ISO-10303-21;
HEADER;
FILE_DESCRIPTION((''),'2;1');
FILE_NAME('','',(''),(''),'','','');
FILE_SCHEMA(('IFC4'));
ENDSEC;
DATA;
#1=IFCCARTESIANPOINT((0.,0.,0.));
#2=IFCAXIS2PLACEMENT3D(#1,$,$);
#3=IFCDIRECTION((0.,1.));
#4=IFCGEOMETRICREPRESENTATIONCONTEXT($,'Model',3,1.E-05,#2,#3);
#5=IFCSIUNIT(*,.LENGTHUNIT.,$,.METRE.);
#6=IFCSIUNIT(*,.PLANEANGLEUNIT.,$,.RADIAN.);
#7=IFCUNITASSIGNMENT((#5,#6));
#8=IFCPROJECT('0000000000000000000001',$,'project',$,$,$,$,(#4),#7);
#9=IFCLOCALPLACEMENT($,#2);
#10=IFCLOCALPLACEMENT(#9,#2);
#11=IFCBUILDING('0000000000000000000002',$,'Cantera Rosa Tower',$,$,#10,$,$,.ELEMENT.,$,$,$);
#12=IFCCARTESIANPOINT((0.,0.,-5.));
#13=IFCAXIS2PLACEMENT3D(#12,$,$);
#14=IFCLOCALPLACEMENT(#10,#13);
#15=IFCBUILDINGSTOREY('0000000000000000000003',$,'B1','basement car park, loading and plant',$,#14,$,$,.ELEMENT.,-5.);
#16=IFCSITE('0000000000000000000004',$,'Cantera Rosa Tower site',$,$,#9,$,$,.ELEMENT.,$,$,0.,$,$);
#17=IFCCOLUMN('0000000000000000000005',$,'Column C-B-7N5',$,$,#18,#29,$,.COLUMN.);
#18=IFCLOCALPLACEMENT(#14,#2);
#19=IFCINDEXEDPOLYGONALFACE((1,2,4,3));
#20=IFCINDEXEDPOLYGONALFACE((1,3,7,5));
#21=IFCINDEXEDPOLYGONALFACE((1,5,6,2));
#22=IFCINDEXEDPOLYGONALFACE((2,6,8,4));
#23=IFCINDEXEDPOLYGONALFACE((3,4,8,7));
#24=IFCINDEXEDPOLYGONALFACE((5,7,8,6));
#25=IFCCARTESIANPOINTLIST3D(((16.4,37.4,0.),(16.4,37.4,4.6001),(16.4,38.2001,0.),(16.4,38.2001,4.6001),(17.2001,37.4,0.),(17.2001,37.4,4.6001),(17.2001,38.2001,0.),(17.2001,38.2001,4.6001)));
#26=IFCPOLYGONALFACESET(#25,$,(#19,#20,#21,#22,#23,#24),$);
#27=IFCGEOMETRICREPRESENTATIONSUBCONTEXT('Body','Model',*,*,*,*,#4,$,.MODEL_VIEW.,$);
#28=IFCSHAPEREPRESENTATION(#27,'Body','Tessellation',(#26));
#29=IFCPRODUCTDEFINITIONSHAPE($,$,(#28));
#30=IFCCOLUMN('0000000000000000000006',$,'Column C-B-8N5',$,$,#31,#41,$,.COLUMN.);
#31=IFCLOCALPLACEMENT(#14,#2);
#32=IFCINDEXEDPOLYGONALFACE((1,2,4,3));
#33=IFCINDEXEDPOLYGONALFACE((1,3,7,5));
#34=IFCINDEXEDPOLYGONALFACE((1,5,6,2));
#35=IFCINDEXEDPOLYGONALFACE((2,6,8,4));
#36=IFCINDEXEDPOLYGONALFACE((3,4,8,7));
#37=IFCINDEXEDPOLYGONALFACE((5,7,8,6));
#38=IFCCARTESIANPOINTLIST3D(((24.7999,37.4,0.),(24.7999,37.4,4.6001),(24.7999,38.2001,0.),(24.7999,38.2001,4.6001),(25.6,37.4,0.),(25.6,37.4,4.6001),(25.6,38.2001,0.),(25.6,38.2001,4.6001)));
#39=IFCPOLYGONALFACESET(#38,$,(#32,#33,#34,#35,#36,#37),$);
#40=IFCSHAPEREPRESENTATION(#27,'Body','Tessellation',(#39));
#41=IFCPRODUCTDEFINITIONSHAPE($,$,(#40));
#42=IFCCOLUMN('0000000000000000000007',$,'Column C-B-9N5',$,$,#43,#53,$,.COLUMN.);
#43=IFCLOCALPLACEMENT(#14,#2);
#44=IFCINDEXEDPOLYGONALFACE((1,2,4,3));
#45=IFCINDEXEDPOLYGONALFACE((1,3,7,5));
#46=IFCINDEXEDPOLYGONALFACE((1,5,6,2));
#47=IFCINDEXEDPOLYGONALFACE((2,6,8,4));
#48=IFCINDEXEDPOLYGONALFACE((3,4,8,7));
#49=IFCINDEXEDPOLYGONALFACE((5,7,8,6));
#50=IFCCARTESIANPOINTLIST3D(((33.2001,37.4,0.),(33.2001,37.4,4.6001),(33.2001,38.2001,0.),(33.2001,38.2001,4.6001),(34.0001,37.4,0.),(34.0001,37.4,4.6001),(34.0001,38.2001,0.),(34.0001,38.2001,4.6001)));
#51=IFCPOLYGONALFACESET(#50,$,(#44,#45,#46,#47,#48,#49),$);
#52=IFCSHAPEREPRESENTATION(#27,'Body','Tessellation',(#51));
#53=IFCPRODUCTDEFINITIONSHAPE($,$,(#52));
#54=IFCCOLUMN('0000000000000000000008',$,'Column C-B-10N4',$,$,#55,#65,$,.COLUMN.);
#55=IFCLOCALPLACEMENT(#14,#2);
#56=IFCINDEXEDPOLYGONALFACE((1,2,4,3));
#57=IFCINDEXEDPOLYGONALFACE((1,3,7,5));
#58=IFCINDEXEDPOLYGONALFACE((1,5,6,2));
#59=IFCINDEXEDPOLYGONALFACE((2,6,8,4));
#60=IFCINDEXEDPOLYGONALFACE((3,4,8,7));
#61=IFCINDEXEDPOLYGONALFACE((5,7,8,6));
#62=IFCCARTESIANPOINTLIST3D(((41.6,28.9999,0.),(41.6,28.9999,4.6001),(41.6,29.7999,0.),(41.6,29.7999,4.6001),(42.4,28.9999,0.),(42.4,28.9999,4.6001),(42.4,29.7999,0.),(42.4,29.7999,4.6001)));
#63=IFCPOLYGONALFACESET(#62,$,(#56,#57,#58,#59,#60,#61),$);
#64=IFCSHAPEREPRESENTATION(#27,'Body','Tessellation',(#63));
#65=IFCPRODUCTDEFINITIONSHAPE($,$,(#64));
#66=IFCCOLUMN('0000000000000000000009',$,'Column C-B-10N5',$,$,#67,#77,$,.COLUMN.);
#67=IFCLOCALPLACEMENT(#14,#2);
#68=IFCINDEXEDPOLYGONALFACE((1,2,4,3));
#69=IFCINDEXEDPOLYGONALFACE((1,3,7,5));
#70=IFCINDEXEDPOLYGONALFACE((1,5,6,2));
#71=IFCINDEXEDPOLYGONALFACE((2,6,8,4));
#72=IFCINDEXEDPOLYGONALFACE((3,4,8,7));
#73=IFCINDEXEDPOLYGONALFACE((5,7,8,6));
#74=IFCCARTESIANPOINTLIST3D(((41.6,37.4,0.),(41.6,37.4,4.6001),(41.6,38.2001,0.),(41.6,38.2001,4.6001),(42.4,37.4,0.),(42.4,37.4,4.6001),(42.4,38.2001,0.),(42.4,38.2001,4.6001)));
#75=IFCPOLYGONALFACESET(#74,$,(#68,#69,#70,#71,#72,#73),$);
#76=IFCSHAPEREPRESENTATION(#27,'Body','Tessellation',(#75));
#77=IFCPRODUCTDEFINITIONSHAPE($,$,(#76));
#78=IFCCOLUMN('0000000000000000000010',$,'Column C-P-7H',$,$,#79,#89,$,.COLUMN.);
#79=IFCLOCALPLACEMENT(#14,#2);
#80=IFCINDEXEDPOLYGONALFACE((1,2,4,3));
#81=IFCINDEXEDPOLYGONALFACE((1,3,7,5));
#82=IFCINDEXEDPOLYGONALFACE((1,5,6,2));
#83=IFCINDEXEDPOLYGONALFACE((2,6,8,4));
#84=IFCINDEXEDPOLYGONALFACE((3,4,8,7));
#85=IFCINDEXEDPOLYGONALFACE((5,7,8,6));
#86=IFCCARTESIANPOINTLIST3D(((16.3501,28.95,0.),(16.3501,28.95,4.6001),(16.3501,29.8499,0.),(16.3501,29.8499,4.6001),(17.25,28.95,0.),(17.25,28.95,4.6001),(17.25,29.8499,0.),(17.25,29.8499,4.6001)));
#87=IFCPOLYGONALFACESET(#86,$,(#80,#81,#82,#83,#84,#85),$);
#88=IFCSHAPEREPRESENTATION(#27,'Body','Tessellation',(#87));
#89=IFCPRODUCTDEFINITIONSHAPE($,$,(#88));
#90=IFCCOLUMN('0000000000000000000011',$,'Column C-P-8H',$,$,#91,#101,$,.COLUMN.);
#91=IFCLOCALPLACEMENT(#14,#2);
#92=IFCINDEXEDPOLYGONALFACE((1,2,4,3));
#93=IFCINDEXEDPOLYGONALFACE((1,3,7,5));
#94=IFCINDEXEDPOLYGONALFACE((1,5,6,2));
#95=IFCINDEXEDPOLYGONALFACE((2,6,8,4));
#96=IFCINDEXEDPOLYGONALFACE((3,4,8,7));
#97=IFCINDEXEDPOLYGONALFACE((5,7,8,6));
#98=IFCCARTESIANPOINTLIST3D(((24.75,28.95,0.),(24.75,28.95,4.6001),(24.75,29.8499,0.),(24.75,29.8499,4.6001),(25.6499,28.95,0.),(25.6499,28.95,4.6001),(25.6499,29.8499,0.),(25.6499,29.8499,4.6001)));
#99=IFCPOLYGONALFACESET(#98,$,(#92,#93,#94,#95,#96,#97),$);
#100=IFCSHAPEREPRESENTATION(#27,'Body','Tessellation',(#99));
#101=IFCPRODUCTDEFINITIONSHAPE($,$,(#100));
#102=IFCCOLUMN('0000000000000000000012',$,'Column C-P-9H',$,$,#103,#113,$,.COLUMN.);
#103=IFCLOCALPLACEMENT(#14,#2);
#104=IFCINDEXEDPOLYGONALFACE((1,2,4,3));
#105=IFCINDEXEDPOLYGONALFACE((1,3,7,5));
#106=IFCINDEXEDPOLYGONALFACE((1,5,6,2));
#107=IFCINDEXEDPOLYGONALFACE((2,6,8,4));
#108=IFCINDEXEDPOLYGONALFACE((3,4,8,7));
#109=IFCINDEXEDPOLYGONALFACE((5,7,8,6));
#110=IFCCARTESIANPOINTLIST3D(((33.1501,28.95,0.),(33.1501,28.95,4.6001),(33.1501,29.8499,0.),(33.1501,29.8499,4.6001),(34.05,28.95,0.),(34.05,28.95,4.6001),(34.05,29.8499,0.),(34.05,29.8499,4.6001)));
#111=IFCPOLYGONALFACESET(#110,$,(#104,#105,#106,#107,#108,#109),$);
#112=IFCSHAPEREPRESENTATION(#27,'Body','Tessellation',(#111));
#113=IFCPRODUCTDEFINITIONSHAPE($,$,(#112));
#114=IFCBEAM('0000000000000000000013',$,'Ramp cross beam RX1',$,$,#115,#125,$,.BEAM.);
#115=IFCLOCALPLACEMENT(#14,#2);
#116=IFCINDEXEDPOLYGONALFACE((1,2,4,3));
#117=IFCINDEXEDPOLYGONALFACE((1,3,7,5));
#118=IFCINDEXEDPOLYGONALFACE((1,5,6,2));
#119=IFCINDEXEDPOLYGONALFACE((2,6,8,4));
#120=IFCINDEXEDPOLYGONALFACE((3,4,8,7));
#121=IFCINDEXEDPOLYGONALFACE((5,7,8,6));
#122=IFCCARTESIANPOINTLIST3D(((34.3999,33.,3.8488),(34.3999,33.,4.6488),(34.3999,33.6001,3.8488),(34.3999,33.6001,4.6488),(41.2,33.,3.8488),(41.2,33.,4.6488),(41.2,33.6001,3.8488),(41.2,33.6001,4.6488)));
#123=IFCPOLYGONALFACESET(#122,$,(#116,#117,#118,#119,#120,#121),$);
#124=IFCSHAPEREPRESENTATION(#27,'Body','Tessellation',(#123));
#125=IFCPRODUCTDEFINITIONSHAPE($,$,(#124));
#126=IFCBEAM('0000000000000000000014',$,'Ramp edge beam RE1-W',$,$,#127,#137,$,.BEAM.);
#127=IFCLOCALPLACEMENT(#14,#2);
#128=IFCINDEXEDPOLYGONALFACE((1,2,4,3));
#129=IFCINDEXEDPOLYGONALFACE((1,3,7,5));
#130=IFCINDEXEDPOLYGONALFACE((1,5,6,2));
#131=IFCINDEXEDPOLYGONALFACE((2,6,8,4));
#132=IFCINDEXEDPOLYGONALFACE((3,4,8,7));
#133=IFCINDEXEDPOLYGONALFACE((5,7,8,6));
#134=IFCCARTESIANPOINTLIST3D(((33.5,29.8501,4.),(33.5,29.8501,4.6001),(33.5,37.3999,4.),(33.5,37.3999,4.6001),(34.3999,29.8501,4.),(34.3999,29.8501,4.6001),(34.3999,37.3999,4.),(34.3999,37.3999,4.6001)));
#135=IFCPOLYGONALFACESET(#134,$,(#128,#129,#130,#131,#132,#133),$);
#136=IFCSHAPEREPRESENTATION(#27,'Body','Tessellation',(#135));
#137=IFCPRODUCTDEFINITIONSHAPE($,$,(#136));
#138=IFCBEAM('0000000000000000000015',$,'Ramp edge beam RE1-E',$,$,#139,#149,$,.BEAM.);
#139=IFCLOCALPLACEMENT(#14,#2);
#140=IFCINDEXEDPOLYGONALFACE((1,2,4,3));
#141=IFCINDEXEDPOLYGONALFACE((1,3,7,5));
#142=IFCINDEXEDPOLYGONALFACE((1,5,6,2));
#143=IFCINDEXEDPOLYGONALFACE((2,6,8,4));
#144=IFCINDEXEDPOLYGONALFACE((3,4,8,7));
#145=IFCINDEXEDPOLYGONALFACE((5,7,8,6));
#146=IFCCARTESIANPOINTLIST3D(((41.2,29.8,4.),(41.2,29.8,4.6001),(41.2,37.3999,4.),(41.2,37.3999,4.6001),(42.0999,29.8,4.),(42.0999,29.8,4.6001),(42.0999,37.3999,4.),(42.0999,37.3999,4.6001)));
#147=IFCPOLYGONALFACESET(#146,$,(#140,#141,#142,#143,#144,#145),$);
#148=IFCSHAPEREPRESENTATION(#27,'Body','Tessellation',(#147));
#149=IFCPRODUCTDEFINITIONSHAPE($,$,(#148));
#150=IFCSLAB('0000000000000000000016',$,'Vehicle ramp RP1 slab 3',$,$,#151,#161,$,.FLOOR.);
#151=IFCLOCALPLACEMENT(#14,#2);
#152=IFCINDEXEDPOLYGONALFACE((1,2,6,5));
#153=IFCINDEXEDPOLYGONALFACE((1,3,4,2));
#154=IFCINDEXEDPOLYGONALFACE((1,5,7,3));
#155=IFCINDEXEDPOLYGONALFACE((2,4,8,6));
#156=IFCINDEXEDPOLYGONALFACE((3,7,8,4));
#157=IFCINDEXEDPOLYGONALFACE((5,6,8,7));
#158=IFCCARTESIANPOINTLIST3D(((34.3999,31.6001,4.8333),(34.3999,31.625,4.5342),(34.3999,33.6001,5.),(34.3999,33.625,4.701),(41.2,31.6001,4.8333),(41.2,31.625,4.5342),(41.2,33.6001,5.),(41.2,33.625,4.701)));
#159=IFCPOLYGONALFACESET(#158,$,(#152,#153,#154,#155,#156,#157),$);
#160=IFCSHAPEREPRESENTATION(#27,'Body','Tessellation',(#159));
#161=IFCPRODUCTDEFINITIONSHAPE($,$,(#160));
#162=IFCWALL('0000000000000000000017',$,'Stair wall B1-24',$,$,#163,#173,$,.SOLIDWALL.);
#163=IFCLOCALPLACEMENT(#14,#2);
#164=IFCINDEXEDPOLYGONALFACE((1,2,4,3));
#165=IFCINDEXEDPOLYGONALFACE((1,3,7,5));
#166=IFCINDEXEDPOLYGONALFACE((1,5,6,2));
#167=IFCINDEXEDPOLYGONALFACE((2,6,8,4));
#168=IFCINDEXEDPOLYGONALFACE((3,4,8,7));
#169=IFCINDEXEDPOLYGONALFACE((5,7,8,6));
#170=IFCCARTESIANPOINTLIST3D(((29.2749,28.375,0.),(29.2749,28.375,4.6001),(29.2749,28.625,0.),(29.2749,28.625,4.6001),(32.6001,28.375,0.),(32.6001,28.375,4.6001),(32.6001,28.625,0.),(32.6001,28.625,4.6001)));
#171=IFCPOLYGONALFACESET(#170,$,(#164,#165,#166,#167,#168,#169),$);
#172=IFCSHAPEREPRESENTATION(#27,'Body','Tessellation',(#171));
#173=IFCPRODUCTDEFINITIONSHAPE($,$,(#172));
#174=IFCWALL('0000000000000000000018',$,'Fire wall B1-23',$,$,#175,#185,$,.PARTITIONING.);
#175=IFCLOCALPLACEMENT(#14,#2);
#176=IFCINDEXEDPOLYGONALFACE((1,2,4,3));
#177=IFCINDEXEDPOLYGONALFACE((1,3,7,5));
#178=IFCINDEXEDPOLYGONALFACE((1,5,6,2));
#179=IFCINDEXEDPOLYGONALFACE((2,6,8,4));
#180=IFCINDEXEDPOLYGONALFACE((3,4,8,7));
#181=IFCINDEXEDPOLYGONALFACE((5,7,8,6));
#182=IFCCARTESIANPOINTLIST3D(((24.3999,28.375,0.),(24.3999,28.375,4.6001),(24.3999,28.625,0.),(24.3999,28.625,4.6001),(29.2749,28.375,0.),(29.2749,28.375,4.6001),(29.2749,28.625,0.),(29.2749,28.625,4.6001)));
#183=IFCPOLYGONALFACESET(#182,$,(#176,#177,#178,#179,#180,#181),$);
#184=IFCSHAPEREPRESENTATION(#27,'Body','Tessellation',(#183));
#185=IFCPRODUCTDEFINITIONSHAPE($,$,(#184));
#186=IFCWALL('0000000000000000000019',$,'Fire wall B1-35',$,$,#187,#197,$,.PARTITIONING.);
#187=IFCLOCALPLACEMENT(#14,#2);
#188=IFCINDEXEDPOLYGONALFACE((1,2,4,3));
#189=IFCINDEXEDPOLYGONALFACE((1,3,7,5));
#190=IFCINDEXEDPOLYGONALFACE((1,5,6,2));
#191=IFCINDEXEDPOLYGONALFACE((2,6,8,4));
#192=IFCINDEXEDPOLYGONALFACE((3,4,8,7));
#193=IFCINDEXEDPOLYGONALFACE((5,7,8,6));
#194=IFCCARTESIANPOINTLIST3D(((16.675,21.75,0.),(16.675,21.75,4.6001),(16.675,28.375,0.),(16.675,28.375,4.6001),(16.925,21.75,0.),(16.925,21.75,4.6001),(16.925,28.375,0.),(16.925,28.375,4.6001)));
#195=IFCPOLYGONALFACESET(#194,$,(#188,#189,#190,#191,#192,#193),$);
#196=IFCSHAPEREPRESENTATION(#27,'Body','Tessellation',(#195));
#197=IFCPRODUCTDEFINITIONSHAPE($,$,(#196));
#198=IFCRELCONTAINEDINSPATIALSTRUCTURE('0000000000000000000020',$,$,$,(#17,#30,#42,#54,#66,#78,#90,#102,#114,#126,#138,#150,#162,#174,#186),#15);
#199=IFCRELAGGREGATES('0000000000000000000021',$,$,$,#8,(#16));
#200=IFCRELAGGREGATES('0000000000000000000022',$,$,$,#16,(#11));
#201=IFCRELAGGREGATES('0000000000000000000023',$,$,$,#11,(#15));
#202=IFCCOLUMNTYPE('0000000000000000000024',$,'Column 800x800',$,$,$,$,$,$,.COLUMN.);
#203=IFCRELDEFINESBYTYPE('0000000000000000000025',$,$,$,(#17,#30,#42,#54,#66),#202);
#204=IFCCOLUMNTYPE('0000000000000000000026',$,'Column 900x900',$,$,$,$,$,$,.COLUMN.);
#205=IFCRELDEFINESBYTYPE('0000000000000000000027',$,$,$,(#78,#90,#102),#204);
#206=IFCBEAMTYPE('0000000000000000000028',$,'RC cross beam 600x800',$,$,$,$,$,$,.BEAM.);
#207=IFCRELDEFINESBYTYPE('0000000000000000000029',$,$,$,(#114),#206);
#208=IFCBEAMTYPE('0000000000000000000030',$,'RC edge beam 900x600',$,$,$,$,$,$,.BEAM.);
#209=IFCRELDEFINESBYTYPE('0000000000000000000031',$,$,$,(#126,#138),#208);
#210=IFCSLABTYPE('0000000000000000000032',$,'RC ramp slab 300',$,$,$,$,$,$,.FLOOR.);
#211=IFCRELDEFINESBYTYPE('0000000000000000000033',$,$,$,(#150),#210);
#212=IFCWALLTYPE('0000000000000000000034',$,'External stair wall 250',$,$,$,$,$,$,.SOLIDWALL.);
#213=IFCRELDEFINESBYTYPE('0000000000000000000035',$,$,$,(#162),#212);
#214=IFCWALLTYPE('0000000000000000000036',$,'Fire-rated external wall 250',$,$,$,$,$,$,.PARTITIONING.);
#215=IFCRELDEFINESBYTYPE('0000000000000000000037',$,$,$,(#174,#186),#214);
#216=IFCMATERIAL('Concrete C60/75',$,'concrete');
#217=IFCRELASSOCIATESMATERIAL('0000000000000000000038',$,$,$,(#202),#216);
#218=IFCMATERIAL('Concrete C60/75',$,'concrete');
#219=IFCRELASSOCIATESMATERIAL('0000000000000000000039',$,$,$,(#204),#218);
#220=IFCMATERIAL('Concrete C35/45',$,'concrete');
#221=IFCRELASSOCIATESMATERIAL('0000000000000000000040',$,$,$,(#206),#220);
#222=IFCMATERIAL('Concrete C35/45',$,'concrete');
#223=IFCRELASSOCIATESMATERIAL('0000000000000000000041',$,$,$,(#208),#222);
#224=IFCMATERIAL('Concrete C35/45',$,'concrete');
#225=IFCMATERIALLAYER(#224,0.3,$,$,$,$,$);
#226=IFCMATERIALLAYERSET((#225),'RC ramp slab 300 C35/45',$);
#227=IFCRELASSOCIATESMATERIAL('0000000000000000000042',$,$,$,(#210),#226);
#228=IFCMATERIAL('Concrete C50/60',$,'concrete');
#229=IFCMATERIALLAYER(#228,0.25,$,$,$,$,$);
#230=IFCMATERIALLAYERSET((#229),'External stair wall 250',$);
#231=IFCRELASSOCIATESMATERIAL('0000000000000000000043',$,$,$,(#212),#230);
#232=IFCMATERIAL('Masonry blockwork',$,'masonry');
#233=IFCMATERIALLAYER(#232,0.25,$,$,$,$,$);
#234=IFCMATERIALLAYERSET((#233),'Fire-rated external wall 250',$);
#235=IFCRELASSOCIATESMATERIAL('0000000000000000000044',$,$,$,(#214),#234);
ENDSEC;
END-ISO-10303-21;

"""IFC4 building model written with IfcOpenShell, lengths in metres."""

from ifc_helpers import new_model, si_unit, direction, frame, frame_2d, origin, origin_2d, place, context, subcontext, project, spatial, polyline, rectangle, outline, extrude, clip, halfspace, material, layer, layer_set, material_profile, profile_set, type_object, element, save


model = new_model("IFC4")

# Units and contexts
model_context = context("Model", 3, precision=1e-05, world=origin(), true_north=direction((0.0, 1.0)))
body_context = subcontext(model_context, "Body", "Model", "MODEL_VIEW")
ifc_project = project(units=[si_unit("LENGTHUNIT", "METRE"), si_unit("PLANEANGLEUNIT", "RADIAN")], contexts=[model_context])

# Site, building, storey
site_placement = place(None, origin())
site = spatial("IfcSite", under=ifc_project, at=site_placement, Name="Cantera Rosa Tower site", CompositionType="ELEMENT", RefElevation=0.0)
building_placement = place(site_placement, origin())
building = spatial("IfcBuilding", under=site, at=building_placement, Name="Cantera Rosa Tower", CompositionType="ELEMENT")
storey_placement = place(building_placement, frame((0.0, 0.0, -5.0)))
storey = spatial("IfcBuildingStorey", under=building, at=storey_placement, Name="B1", Description="basement car park, loading and plant", CompositionType="ELEMENT", Elevation=-5.0)

# Columns
ifc_material_1 = material(Name="Concrete C60/75", Category="concrete")
ifc_material_profile_1 = material_profile(ifc_material_1, rectangle(XDim=0.8, YDim=0.8, at=origin_2d()), Name="Column 800x800")
ifc_profile_set_1 = profile_set([ifc_material_profile_1], Name="Concrete C60/75")
column_type_1 = type_object("IfcColumnType", Name="Column 800x800", PredefinedType="COLUMN", material=ifc_profile_set_1)
for number, where, z_axis, x_axis, name in (
    (1, (16.8, 37.8, 0.0), (0.0, 0.0, 1.0), (1.0, 0.0, 0.0), "Column C-B-7N5"),
    (2, (25.2, 37.8, 0.0), (0.0, 0.0, 1.0), (1.0, 0.0, 0.0), "Column C-B-8N5"),
    (3, (33.6001, 37.8, 0.0), (0.0, 0.0, 1.0), (1.0, 0.0, 0.0), "Column C-B-9N5"),
    (4, (42.0, 29.3999, 0.0), (0.0, 0.0, 1.0), (1.0, 0.0, 0.0), "Column C-B-10N4"),
    (5, (42.0, 37.8, 0.0), (0.0, 0.0, 1.0), (1.0, 0.0, 0.0), "Column C-B-10N5"),
):
    element("IfcColumn", number, at=place(storey_placement, frame(where, z_axis=z_axis, x_axis=x_axis)), inside=storey, type_object=column_type_1, Name=name, PredefinedType="COLUMN", context=body_context, shape_type="SweptSolid", body=[
        extrude(rectangle(XDim=0.8, YDim=0.8, at=origin_2d()), origin(), (0.0, 0.0, 1.0), 4.6001),
    ])
ifc_material_2 = material(Name="Concrete C60/75", Category="concrete")
ifc_material_profile_2 = material_profile(ifc_material_2, rectangle(XDim=0.8999, YDim=0.8999, at=origin_2d()), Name="Column 900x900")
ifc_profile_set_2 = profile_set([ifc_material_profile_2], Name="Concrete C60/75")
column_type_2 = type_object("IfcColumnType", Name="Column 900x900", PredefinedType="COLUMN", material=ifc_profile_set_2)
for number, where, z_axis, x_axis, name in (
    (6, (16.8, 29.3999, 0.0), (0.0, 0.0, 1.0), (1.0, 0.0, 0.0), "Column C-P-7H"),
    (7, (25.2, 29.3999, 0.0), (0.0, 0.0, 1.0), (1.0, 0.0, 0.0), "Column C-P-8H"),
    (8, (33.6001, 29.3999, 0.0), (0.0, 0.0, 1.0), (1.0, 0.0, 0.0), "Column C-P-9H"),
):
    element("IfcColumn", number, at=place(storey_placement, frame(where, z_axis=z_axis, x_axis=x_axis)), inside=storey, type_object=column_type_2, Name=name, PredefinedType="COLUMN", context=body_context, shape_type="SweptSolid", body=[
        extrude(rectangle(XDim=0.8999, YDim=0.8999, at=origin_2d()), origin(), (0.0, 0.0, 1.0), 4.6001),
    ])

# Beams
ifc_material_3 = material(Name="Concrete C35/45", Category="concrete")
ifc_material_profile_3 = material_profile(ifc_material_3, rectangle(XDim=0.6001, YDim=0.8, at=origin_2d()), Name="RC cross beam 600x800")
ifc_profile_set_3 = profile_set([ifc_material_profile_3], Name="Concrete C35/45")
beam_type_1 = type_object("IfcBeamType", Name="RC cross beam 600x800", PredefinedType="BEAM", material=ifc_profile_set_3)
beam_1_placement = place(storey_placement, frame((34.3999, 33.3, 4.2488), z_axis=(1.0, 0.0, 0.0), x_axis=(0.0, 1.0, 0.0)))
element("IfcBeam", 9, at=beam_1_placement, inside=storey, type_object=beam_type_1, Name="Ramp cross beam RX1", PredefinedType="BEAM", context=body_context, shape_type="SweptSolid", body=[
    extrude(rectangle(XDim=0.6001, YDim=0.8, at=origin_2d()), origin(), (0.0, 0.0, 1.0), 6.8),
])
ifc_material_4 = material(Name="Concrete C35/45", Category="concrete")
ifc_material_profile_4 = material_profile(ifc_material_4, rectangle(XDim=0.8999, YDim=0.6001, at=origin_2d()), Name="RC edge beam 900x600")
ifc_profile_set_4 = profile_set([ifc_material_profile_4], Name="Concrete C35/45")
beam_type_2 = type_object("IfcBeamType", Name="RC edge beam 900x600", PredefinedType="BEAM", material=ifc_profile_set_4)
beam_2_placement = place(storey_placement, frame((33.95, 29.8501, 4.3), z_axis=(0.0, 1.0, 0.0), x_axis=(-1.0, 0.0, 0.0)))
element("IfcBeam", 10, at=beam_2_placement, inside=storey, type_object=beam_type_2, Name="Ramp edge beam RE1-W", PredefinedType="BEAM", context=body_context, shape_type="SweptSolid", body=[
    extrude(rectangle(XDim=0.8999, YDim=0.6001, at=origin_2d()), origin(), (0.0, 0.0, 1.0), 7.5498),
])
beam_3_placement = place(storey_placement, frame((41.6499, 29.8, 4.3), z_axis=(0.0, 1.0, 0.0), x_axis=(-1.0, 0.0, 0.0)))
element("IfcBeam", 11, at=beam_3_placement, inside=storey, type_object=beam_type_2, Name="Ramp edge beam RE1-E", PredefinedType="BEAM", context=body_context, shape_type="SweptSolid", body=[
    extrude(rectangle(XDim=0.8999, YDim=0.6001, at=origin_2d()), origin(), (0.0, 0.0, 1.0), 7.5999),
])

# Slab
ifc_material_5 = material(Name="Concrete C35/45", Category="concrete")
ifc_layer_1 = layer(ifc_material_5, 0.3)
ifc_layer_set_1 = layer_set([ifc_layer_1], Name="RC ramp slab 300 C35/45")
slab_type = type_object("IfcSlabType", Name="RC ramp slab 300", PredefinedType="FLOOR", material=ifc_layer_set_1)
slab_placement = place(storey_placement, frame((34.3999, 31.6001, 4.8333), z_axis=(0.0, -0.083086, 0.996542), x_axis=(1.0, 0.0, 0.0)))
element("IfcSlab", 12, at=slab_placement, inside=storey, type_object=slab_type, Name="Vehicle ramp RP1 slab 3", PredefinedType="FLOOR", context=body_context, shape_type="Clipping", body=[
    clip(extrude(outline(polyline([(0.0, 0.0), (6.8, 0.0), (6.8, 2.0069), (0.0, 2.0069), (0.0, 0.0)])), origin(), (0.0, 0.0, -1.0), 0.3), halfspace(frame((0.0, -0.4016, -4.8167), z_axis=(0.0, 0.083086, 0.996542), x_axis=(1.0, 0.0, 0.0)), True)),
])

# Walls
ifc_material_6 = material(Name="Concrete C50/60", Category="concrete")
ifc_layer_2 = layer(ifc_material_6, 0.25)
ifc_layer_set_2 = layer_set([ifc_layer_2], Name="External stair wall 250")
wall_type_1 = type_object("IfcWallType", Name="External stair wall 250", PredefinedType="SOLIDWALL", material=ifc_layer_set_2)
wall_1_placement = place(storey_placement, frame((29.2749, 28.5, 0.0), z_axis=(0.0, 0.0, 1.0), x_axis=(1.0, 0.0, 0.0)))
element("IfcWall", 13, at=wall_1_placement, inside=storey, type_object=wall_type_1, Name="Stair wall B1-24", PredefinedType="SOLIDWALL", context=body_context, shape_type="SweptSolid", body=[
    extrude(rectangle(XDim=3.3252, YDim=0.25, at=frame_2d((1.6626, 0.0))), origin(), (0.0, 0.0, 1.0), 4.6001),
])
ifc_material_7 = material(Name="Masonry blockwork", Category="masonry")
ifc_layer_3 = layer(ifc_material_7, 0.25)
ifc_layer_set_3 = layer_set([ifc_layer_3], Name="Fire-rated external wall 250")
wall_type_2 = type_object("IfcWallType", Name="Fire-rated external wall 250", PredefinedType="PARTITIONING", material=ifc_layer_set_3)
wall_2_placement = place(storey_placement, frame((24.3999, 28.5, 0.0), z_axis=(0.0, 0.0, 1.0), x_axis=(1.0, 0.0, 0.0)))
element("IfcWall", 14, at=wall_2_placement, inside=storey, type_object=wall_type_2, Name="Fire wall B1-23", PredefinedType="PARTITIONING", context=body_context, shape_type="SweptSolid", body=[
    extrude(rectangle(XDim=4.875, YDim=0.25, at=frame_2d((2.4375, 0.0))), origin(), (0.0, 0.0, 1.0), 4.6001),
])
wall_3_placement = place(storey_placement, frame((16.8, 21.75, 0.0), z_axis=(0.0, 0.0, 1.0), x_axis=(0.0, 1.0, 0.0)))
element("IfcWall", 15, at=wall_3_placement, inside=storey, type_object=wall_type_2, Name="Fire wall B1-35", PredefinedType="PARTITIONING", context=body_context, shape_type="SweptSolid", body=[
    extrude(rectangle(XDim=6.625, YDim=0.25, at=frame_2d((3.3125, 0.0))), origin(), (0.0, 0.0, 1.0), 4.6001),
])

save(model, "model.ifc")
